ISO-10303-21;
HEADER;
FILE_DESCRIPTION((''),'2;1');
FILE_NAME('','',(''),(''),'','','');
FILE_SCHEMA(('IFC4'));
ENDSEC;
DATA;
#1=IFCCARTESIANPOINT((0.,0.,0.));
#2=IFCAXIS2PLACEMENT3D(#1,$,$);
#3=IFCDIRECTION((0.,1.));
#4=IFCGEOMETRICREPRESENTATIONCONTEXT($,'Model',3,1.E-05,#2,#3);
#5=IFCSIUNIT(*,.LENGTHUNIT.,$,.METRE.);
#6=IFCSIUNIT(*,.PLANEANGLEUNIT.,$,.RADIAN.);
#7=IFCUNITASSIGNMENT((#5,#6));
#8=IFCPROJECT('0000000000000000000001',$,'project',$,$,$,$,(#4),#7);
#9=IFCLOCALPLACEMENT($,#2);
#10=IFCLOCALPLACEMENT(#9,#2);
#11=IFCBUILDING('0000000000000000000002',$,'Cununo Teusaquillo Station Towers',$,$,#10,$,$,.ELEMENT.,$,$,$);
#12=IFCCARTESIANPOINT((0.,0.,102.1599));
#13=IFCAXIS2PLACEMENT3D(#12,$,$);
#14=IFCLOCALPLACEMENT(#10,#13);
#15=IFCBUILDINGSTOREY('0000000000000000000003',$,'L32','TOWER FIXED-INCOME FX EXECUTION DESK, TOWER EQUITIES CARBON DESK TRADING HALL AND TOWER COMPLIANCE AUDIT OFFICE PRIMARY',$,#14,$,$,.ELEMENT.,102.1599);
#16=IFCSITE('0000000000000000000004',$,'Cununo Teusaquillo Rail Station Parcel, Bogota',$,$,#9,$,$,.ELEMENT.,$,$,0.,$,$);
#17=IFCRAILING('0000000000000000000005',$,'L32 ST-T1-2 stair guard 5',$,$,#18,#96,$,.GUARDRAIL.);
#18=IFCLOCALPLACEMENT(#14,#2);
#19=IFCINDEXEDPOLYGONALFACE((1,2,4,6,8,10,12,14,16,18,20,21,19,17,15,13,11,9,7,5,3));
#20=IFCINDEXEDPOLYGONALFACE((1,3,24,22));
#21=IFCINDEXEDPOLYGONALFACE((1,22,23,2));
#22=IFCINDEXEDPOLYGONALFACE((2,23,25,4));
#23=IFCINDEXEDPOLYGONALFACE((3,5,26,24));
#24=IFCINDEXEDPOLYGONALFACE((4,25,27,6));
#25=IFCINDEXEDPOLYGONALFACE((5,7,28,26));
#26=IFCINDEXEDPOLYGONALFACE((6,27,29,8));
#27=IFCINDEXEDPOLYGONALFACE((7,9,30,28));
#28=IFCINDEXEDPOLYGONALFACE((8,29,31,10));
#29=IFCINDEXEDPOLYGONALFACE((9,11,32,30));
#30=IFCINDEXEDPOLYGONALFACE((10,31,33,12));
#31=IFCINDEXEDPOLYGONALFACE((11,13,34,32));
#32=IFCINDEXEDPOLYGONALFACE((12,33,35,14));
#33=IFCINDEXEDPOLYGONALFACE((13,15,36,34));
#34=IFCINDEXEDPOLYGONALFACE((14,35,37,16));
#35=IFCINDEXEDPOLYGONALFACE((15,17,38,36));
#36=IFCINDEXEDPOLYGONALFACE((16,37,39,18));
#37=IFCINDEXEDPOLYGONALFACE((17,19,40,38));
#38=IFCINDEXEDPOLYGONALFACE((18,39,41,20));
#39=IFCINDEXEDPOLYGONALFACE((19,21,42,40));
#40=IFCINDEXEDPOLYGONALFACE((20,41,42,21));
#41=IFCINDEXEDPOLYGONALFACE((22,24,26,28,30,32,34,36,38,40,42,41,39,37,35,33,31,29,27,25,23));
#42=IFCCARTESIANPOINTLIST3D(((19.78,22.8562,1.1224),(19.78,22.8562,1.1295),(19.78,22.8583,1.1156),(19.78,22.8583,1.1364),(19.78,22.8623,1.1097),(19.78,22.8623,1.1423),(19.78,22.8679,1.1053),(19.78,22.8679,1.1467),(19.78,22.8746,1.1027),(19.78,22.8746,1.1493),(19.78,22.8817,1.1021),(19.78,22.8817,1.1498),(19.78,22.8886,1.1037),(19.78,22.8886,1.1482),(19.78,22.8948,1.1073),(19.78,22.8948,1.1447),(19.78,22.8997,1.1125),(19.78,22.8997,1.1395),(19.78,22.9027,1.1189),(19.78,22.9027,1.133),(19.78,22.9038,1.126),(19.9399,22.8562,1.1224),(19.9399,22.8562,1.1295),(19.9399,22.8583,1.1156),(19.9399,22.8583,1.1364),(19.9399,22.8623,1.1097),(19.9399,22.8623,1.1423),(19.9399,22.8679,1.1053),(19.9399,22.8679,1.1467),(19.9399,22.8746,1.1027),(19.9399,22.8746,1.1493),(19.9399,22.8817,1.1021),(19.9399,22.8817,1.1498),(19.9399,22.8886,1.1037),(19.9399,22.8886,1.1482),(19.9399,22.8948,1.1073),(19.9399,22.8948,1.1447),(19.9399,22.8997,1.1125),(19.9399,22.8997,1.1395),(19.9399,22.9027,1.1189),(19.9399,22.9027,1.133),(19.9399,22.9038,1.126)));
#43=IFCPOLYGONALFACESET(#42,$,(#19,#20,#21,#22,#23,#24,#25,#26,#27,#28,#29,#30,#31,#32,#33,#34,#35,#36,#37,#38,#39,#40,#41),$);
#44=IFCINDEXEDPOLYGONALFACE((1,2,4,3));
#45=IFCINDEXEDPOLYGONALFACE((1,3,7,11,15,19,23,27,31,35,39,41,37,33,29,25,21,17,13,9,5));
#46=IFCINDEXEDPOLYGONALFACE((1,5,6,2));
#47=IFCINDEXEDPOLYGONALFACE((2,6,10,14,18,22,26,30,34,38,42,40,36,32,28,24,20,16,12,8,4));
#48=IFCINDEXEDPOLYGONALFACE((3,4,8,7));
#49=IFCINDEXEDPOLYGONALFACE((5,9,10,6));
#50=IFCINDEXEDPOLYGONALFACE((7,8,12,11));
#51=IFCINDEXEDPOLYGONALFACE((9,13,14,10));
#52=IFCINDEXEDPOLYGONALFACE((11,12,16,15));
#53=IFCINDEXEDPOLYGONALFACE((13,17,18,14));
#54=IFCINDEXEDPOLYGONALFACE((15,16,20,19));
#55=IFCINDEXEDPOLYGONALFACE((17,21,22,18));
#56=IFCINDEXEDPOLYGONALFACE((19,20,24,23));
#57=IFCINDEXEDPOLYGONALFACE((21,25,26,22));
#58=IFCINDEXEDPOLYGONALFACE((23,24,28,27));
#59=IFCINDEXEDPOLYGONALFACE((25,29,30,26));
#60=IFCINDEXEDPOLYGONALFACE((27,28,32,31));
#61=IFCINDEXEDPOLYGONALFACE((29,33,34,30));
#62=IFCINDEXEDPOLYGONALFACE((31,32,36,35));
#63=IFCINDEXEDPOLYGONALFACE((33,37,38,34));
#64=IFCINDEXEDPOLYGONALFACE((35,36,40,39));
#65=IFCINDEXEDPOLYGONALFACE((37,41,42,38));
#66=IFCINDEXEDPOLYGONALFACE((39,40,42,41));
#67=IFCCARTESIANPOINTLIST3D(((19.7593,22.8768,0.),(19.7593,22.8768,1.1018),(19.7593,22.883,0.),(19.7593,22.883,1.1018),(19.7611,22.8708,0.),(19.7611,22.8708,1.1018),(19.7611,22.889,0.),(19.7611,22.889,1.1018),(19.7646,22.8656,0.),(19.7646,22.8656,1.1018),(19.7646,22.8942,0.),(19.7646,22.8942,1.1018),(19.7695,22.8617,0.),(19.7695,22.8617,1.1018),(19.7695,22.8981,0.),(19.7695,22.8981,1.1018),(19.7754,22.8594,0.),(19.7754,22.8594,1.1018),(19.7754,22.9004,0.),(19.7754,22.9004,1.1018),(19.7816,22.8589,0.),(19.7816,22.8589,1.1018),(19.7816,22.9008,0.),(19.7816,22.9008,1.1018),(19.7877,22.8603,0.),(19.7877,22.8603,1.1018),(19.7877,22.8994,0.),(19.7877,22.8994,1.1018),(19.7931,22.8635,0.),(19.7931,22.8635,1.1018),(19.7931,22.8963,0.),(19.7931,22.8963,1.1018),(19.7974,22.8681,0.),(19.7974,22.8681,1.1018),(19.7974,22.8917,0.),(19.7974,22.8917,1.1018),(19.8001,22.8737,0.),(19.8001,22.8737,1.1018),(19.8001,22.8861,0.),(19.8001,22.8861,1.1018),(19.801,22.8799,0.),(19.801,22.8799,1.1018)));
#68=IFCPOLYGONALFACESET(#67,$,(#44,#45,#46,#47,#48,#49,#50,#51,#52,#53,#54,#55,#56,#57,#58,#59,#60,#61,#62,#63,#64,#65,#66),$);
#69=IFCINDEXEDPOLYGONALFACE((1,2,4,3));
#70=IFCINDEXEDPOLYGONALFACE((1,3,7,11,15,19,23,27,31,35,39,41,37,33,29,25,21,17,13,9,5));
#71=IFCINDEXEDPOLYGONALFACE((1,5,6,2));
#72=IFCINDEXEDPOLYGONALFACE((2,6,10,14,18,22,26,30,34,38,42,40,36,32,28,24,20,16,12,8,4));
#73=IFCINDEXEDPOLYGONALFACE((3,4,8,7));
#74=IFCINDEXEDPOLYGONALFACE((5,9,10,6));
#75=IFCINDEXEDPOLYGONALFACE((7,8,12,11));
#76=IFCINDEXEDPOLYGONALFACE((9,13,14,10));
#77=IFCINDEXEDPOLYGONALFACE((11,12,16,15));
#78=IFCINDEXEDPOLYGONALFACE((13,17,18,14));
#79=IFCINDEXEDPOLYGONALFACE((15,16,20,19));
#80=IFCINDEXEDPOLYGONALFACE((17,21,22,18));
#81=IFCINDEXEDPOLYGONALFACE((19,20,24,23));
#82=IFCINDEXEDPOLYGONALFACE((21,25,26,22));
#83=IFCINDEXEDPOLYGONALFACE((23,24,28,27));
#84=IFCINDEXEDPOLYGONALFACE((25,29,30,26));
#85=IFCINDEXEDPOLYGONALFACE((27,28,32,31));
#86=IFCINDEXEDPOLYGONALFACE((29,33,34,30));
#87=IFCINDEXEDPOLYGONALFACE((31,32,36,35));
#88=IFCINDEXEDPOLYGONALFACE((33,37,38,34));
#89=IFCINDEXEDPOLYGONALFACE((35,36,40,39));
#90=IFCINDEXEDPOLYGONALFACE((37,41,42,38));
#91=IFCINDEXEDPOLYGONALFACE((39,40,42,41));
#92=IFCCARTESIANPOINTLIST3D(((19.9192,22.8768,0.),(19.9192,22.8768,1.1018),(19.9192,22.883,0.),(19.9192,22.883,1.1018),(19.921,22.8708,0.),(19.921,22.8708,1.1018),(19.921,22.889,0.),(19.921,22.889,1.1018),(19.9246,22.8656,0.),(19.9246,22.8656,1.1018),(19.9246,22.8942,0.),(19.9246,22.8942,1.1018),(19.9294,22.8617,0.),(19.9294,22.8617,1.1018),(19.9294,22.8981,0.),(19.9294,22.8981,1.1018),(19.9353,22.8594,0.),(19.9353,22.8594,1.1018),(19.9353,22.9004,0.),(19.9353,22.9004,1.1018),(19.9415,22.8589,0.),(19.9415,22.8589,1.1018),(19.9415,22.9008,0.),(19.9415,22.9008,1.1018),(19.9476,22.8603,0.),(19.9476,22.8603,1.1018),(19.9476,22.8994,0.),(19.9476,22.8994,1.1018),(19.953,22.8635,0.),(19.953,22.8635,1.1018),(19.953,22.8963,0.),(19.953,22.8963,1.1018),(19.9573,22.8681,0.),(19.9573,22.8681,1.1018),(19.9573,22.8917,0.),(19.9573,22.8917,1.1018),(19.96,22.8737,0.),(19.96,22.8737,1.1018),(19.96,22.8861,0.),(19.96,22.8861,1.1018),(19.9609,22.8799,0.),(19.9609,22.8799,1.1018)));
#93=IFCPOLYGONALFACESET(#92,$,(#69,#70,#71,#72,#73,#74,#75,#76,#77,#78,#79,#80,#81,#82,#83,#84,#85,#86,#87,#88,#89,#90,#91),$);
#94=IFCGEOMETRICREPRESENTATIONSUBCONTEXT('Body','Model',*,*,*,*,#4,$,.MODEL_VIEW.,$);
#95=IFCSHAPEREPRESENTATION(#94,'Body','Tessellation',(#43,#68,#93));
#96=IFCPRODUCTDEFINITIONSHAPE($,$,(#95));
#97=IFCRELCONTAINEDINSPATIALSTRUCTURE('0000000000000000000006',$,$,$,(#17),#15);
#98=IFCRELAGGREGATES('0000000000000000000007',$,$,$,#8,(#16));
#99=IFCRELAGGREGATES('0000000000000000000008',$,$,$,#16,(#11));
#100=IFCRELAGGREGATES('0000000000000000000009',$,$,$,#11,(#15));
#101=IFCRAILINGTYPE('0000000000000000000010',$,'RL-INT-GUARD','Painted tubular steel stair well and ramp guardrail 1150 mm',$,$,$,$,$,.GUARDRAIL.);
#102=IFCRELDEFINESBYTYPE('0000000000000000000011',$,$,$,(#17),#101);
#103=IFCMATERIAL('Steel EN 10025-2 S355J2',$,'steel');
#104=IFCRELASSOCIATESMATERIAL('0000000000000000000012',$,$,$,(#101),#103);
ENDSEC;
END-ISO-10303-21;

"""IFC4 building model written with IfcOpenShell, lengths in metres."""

from ifc_helpers import new_model, si_unit, direction, frame, origin, origin_2d, place, context, subcontext, project, spatial, circle, extrude, material, type_object, element, save


model = new_model("IFC4")

# Units and contexts
model_context = context("Model", 3, precision=1e-05, world=origin(), true_north=direction((0.0, 1.0)))
body_context = subcontext(model_context, "Body", "Model", "MODEL_VIEW")
ifc_project = project(units=[si_unit("LENGTHUNIT", "METRE"), si_unit("PLANEANGLEUNIT", "RADIAN")], contexts=[model_context])

# Site, building, storey
site_placement = place(None, origin())
site = spatial("IfcSite", under=ifc_project, at=site_placement, Name="Cununo Teusaquillo Rail Station Parcel, Bogota", CompositionType="ELEMENT", RefElevation=0.0)
building_placement = place(site_placement, origin())
building = spatial("IfcBuilding", under=site, at=building_placement, Name="Cununo Teusaquillo Station Towers", CompositionType="ELEMENT")
storey_placement = place(building_placement, frame((0.0, 0.0, 102.1599)))
storey = spatial("IfcBuildingStorey", under=building, at=storey_placement, Name="L32", Description="TOWER FIXED-INCOME FX EXECUTION DESK, TOWER EQUITIES CARBON DESK TRADING HALL AND TOWER COMPLIANCE AUDIT OFFICE PRIMARY", CompositionType="ELEMENT", Elevation=102.1599)

# Railing
ifc_material_1 = material(Name="Steel EN 10025-2 S355J2", Category="steel")
railing_type_1 = type_object("IfcRailingType", Name="RL-INT-GUARD", Description="Painted tubular steel stair well and ramp guardrail 1150 mm", PredefinedType="GUARDRAIL", material=ifc_material_1)
railing_1_placement = place(storey_placement, frame((19.78, 22.8799, 0.0)))
element("IfcRailing", 1, at=railing_1_placement, inside=storey, type_object=railing_type_1, Name="L32 ST-T1-2 stair guard 5", PredefinedType="GUARDRAIL", context=body_context, shape_type="SweptSolid", body=[
    extrude(circle(Radius=0.0239, at=origin_2d()), frame((0.0, 0.0, 1.126), z_axis=(1.0, 0.0, 0.0), x_axis=(0.0, 1.0, 0.0)), (0.0, 0.0, 1.0), 0.1599),
    extrude(circle(Radius=0.021, at=origin_2d()), origin(), (0.0, 0.0, 1.0), 1.1018),
    extrude(circle(Radius=0.021, at=origin_2d()), frame((0.1599, 0.0, 0.0)), (0.0, 0.0, 1.0), 1.1018),
])

save(model, "model.ifc")
